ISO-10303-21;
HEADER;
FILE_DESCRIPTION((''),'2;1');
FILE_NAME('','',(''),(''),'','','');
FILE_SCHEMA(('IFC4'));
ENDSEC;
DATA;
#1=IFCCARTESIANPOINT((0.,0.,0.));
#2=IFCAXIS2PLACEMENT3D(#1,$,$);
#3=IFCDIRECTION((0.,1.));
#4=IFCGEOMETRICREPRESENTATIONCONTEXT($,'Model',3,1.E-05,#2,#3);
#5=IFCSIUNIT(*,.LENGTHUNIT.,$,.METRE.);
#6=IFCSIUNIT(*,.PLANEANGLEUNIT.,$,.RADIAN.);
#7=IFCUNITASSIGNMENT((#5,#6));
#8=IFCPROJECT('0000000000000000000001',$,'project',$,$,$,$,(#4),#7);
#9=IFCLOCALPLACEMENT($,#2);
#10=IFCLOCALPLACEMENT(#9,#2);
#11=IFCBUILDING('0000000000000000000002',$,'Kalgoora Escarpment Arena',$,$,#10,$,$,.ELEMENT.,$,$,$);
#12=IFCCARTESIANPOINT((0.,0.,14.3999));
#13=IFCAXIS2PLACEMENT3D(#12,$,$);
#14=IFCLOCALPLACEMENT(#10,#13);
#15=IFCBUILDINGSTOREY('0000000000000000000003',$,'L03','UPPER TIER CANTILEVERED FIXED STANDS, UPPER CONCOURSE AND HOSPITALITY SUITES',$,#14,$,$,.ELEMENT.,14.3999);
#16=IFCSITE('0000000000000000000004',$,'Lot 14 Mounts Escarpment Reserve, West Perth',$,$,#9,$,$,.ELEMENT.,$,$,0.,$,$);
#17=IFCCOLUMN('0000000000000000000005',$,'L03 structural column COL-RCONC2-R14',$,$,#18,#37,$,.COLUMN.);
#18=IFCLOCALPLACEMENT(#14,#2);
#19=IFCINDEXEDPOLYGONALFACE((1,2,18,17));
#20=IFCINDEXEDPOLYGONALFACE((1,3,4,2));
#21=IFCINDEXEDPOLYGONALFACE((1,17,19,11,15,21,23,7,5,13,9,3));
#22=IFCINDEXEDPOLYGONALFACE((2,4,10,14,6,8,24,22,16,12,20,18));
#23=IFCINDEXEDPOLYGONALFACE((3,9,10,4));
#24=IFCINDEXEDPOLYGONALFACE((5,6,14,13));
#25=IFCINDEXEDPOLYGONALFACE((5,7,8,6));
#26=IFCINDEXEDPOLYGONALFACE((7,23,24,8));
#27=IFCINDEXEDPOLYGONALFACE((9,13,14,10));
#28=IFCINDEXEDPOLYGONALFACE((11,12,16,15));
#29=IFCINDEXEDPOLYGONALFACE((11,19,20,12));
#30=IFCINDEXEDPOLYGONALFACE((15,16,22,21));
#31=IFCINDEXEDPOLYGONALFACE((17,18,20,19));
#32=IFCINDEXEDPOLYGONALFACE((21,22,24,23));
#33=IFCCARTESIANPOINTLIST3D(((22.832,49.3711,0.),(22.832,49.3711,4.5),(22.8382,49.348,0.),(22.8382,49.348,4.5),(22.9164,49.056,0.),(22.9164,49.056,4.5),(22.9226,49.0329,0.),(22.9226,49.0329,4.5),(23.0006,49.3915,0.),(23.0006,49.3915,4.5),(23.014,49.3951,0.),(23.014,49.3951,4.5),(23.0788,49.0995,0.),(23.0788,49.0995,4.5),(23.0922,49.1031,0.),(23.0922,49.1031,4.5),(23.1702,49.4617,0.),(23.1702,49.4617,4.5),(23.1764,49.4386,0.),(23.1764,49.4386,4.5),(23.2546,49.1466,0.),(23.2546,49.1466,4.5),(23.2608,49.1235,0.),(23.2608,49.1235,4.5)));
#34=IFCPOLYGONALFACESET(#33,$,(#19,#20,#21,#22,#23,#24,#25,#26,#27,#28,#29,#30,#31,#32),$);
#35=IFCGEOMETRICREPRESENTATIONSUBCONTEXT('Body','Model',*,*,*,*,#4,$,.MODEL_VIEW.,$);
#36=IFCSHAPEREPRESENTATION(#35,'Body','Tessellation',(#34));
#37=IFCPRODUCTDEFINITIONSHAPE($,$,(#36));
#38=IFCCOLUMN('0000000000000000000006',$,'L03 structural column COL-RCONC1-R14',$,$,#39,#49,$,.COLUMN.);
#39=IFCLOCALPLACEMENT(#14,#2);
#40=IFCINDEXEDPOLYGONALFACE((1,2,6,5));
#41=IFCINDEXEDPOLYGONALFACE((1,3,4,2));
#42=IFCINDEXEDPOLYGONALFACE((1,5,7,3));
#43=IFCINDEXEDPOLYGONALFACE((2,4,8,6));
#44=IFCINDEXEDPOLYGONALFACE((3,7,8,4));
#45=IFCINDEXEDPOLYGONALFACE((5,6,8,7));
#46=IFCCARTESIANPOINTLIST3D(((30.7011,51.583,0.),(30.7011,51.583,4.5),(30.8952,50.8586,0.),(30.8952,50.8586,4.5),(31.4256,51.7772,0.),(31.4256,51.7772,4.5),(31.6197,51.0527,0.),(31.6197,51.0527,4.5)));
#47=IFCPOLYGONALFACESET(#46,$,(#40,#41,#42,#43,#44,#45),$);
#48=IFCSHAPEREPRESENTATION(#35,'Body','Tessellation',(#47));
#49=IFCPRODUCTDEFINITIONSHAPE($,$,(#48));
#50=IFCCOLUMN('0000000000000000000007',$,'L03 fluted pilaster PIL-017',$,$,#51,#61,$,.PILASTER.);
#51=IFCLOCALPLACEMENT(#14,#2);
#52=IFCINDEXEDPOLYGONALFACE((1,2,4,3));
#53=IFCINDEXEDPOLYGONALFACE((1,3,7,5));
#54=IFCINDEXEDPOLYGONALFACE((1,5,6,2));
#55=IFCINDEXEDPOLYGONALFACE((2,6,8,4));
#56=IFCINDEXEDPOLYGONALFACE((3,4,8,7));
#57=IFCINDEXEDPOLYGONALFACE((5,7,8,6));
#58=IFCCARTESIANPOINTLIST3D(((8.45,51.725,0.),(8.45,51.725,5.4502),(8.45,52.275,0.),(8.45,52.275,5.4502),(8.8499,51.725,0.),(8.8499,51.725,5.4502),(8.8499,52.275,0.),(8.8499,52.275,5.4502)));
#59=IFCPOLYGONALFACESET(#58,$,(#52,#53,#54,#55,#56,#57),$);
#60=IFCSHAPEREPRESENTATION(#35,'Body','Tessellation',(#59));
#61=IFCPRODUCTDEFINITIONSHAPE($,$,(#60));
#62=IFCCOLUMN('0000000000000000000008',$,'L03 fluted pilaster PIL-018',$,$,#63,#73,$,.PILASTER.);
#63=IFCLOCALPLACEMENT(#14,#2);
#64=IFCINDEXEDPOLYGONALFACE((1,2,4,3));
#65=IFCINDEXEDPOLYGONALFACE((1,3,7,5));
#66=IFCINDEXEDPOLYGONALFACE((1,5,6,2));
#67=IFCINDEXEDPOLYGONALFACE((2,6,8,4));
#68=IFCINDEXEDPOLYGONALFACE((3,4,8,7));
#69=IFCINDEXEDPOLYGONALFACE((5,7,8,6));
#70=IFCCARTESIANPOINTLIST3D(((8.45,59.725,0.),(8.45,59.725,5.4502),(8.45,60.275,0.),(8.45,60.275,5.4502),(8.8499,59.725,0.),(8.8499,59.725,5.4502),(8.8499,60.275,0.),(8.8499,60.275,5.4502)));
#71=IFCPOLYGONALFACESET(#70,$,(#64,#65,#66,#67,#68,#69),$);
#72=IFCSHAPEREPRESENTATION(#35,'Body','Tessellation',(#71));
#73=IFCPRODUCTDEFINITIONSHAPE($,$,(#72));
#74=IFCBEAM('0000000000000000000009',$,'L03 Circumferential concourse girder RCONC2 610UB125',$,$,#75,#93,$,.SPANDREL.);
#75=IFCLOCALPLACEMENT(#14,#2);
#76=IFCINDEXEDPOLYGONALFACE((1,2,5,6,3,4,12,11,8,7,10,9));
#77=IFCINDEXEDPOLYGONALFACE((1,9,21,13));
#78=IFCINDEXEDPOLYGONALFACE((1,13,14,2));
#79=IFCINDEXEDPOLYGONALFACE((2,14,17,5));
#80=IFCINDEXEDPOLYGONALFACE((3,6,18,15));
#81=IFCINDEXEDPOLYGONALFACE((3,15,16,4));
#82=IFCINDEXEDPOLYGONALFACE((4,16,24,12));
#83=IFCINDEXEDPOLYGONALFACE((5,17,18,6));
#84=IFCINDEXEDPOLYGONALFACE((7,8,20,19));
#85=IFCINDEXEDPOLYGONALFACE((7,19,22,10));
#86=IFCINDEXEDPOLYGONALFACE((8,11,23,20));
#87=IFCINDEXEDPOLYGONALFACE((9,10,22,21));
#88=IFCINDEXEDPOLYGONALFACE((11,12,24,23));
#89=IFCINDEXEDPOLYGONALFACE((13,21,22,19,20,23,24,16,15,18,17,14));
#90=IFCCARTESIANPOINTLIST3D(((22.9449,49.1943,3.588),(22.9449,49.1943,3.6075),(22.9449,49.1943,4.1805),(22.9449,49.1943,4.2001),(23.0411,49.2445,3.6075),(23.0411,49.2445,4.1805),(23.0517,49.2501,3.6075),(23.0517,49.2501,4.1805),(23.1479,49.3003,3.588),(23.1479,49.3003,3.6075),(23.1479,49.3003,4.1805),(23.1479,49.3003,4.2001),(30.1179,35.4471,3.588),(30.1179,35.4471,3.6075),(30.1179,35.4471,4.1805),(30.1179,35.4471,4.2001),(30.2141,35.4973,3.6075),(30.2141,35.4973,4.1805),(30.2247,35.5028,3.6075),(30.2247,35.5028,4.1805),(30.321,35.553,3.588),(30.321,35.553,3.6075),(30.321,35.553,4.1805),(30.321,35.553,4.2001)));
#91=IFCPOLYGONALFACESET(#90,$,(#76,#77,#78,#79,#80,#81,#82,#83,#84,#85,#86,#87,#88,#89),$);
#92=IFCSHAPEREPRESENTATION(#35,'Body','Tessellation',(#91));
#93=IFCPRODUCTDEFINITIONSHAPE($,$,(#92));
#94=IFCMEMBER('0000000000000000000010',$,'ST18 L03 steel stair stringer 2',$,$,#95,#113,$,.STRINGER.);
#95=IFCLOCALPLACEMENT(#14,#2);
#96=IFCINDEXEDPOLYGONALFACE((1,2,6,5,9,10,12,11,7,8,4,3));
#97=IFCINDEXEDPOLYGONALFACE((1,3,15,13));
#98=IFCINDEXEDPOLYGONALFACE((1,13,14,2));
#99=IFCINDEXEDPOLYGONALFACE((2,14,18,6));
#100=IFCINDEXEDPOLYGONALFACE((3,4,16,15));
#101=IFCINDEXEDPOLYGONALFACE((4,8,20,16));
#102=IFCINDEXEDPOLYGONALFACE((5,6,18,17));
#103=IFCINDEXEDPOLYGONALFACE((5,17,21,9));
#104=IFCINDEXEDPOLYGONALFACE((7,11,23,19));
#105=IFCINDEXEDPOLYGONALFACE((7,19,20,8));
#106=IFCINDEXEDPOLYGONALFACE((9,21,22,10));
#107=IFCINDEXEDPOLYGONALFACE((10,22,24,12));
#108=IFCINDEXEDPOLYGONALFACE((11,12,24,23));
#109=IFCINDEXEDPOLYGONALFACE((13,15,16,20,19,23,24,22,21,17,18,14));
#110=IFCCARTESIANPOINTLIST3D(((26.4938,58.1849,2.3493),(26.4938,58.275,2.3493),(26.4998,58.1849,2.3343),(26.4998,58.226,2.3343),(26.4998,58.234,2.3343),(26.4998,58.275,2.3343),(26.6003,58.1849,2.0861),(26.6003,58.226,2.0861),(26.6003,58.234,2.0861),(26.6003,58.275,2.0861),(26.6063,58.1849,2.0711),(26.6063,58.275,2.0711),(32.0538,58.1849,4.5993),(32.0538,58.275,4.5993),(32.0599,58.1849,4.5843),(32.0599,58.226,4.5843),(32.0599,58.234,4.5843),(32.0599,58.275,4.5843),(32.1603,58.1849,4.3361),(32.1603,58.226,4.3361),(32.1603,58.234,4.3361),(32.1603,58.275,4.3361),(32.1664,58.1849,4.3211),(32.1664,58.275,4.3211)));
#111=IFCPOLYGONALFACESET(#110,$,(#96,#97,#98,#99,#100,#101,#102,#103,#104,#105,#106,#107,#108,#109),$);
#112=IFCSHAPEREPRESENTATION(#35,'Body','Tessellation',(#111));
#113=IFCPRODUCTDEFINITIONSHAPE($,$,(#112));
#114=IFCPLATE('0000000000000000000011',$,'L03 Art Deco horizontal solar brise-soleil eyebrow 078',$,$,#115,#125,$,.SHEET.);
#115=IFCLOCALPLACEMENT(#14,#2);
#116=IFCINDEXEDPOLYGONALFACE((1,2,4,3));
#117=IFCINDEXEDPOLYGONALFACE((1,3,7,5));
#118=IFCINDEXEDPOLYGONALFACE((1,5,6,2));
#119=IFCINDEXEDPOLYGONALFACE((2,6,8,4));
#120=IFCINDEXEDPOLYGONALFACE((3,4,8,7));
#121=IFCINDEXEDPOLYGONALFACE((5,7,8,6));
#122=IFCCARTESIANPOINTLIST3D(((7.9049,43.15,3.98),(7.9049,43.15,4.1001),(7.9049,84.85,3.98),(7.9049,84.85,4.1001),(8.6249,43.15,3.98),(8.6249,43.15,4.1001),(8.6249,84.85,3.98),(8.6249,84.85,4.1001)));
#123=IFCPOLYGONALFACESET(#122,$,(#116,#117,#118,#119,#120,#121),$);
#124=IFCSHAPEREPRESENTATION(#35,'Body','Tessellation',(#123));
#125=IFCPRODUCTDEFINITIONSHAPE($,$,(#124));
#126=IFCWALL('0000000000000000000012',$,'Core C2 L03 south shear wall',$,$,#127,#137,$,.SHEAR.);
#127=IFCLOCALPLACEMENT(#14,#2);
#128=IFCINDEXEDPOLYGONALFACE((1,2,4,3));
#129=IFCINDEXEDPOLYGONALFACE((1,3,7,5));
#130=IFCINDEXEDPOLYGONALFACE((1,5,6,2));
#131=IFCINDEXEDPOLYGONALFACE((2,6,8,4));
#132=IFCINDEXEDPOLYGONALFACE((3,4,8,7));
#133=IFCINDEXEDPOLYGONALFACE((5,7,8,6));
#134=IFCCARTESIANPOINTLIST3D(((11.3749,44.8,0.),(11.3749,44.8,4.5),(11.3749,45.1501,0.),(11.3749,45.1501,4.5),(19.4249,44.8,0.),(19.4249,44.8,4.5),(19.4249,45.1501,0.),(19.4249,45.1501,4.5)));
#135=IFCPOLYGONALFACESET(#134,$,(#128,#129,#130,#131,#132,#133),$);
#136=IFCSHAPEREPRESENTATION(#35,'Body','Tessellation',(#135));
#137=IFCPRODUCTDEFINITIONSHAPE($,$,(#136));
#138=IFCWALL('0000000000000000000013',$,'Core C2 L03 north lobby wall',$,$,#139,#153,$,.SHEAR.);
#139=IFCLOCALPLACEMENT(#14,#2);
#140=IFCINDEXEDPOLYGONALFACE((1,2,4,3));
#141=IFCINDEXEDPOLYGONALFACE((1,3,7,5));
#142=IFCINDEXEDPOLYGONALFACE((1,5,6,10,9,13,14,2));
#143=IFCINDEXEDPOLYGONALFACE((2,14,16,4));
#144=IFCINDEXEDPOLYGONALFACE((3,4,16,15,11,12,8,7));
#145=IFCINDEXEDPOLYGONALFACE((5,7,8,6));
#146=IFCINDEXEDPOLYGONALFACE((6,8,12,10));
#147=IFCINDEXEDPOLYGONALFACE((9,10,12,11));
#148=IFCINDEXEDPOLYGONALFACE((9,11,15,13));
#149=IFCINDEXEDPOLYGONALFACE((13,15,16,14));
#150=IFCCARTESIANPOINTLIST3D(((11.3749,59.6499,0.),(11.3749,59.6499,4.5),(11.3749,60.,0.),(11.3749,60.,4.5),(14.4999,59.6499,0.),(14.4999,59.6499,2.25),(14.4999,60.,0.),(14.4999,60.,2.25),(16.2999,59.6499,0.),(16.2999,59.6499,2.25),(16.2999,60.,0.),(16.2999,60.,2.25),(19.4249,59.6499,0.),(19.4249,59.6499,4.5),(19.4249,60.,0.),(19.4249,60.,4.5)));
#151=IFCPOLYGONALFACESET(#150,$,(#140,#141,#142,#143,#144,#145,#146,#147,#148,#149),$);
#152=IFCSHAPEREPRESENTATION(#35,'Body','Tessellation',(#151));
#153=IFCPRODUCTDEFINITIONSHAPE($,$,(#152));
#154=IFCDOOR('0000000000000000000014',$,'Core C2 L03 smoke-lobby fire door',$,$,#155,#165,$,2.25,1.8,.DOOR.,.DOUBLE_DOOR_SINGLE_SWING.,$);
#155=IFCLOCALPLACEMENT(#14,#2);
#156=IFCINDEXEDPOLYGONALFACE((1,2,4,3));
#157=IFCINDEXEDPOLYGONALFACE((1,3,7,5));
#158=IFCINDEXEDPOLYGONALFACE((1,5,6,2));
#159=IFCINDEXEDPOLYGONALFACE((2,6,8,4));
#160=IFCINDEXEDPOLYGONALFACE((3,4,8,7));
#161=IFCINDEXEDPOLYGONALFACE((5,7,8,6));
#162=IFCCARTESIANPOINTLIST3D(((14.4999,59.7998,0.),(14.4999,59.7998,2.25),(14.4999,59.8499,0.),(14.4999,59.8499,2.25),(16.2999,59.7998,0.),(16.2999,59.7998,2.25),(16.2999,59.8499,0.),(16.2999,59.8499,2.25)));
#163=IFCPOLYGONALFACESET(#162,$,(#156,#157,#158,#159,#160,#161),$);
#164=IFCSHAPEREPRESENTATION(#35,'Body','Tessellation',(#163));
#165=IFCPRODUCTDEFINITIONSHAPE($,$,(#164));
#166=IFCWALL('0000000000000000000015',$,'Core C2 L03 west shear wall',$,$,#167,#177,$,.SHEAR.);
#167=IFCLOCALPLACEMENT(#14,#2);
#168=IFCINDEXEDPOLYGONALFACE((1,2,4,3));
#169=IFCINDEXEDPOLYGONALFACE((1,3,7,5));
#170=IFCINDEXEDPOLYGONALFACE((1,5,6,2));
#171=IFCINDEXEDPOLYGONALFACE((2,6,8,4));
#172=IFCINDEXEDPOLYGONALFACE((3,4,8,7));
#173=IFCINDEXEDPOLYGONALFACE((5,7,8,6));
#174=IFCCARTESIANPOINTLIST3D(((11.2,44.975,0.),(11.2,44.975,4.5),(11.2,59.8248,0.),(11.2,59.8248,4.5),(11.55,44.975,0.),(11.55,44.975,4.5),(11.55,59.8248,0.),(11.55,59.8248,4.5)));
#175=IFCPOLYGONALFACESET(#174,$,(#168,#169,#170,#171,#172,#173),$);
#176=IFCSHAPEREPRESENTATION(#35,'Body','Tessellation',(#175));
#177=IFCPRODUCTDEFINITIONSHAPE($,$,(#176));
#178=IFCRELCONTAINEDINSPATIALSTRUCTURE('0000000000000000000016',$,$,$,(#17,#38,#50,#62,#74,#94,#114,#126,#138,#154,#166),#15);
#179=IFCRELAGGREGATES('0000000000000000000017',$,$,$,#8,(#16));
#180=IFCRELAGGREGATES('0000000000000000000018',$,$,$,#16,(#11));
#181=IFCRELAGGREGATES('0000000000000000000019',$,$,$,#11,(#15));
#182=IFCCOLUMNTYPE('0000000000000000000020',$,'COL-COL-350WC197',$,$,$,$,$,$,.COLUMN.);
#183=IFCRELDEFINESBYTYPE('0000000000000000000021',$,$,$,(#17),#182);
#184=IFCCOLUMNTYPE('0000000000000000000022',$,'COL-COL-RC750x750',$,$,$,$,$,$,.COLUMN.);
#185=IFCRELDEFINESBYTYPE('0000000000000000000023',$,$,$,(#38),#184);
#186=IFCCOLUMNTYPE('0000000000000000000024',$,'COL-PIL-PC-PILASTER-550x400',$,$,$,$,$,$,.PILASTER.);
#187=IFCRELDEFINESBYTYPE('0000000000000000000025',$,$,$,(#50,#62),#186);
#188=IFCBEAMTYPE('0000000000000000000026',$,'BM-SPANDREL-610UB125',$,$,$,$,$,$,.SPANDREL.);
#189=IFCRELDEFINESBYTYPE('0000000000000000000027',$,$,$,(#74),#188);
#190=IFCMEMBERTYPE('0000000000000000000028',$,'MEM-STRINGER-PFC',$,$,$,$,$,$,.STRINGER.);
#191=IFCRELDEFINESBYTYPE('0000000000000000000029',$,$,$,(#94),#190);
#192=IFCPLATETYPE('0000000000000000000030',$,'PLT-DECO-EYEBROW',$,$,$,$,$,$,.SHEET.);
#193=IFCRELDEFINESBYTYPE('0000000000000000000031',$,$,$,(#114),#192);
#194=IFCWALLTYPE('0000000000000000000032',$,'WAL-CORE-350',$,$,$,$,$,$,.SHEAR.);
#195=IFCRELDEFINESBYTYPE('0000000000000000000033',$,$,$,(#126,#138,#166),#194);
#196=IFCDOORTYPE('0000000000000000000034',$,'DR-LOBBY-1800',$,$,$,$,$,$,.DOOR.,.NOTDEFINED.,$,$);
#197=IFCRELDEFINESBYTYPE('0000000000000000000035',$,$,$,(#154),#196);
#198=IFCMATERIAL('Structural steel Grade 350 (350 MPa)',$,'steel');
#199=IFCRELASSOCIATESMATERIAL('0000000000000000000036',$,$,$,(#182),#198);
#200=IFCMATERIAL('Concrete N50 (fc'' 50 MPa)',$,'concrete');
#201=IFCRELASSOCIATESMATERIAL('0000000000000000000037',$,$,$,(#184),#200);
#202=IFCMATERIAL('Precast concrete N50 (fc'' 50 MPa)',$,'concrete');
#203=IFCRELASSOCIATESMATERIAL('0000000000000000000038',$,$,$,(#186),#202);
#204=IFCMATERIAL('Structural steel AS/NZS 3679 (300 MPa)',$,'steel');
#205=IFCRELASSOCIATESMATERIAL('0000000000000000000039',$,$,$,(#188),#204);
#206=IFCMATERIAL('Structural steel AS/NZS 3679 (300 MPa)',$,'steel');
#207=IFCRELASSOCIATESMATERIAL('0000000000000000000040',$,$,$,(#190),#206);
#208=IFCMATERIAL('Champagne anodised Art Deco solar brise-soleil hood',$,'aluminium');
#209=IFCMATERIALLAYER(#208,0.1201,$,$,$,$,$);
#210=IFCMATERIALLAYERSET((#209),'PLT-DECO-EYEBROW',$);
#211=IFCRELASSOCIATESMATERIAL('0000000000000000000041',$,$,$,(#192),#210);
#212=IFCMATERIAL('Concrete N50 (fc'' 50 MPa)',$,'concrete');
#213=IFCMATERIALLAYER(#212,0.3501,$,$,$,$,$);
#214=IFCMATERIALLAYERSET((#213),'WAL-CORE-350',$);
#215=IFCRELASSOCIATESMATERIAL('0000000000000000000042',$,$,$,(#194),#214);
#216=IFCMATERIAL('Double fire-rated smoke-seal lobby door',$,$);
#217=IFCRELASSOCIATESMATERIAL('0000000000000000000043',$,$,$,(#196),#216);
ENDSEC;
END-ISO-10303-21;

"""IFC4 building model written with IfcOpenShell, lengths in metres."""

from ifc_helpers import new_model, si_unit, direction, frame, frame_2d, origin, origin_2d, place, context, subcontext, project, spatial, rectangle, i_section, extrude, material, layer, layer_set, material_profile, profile_set, type_object, element, fill, save


model = new_model("IFC4")

# Units and contexts
model_context = context("Model", 3, precision=1e-05, world=origin(), true_north=direction((0.0, 1.0)))
body_context = subcontext(model_context, "Body", "Model", "MODEL_VIEW")
ifc_project = project(units=[si_unit("LENGTHUNIT", "METRE"), si_unit("PLANEANGLEUNIT", "RADIAN")], contexts=[model_context])

# Site, building, storey
site_placement = place(None, origin())
site = spatial("IfcSite", under=ifc_project, at=site_placement, Name="Lot 14 Mounts Escarpment Reserve, West Perth", CompositionType="ELEMENT", RefElevation=0.0)
building_placement = place(site_placement, origin())
building = spatial("IfcBuilding", under=site, at=building_placement, Name="Kalgoora Escarpment Arena", CompositionType="ELEMENT")
storey_placement = place(building_placement, frame((0.0, 0.0, 14.3999)))
storey = spatial("IfcBuildingStorey", under=building, at=storey_placement, Name="L03", Description="UPPER TIER CANTILEVERED FIXED STANDS, UPPER CONCOURSE AND HOSPITALITY SUITES", CompositionType="ELEMENT", Elevation=14.3999)

# Columns
ifc_material_1 = material(Name="Structural steel Grade 350 (350 MPa)", Category="steel")
ifc_material_profile_1 = material_profile(ifc_material_1, i_section(OverallWidth=0.3501, OverallDepth=0.3501, WebThickness=0.0139, FlangeThickness=0.0239, at=origin_2d()))
ifc_profile_set_1 = profile_set([ifc_material_profile_1], Name="Structural steel Grade 350 (350 MPa)")
column_type_1 = type_object("IfcColumnType", Name="COL-COL-350WC197", PredefinedType="COLUMN", material=ifc_profile_set_1)
column_1_placement = place(storey_placement, frame((23.0464, 49.2473, 0.0), z_axis=(0.0, 0.0, 1.0), x_axis=(-0.965926, -0.258819, 0.0)))
element("IfcColumn", 1, at=column_1_placement, inside=storey, type_object=column_type_1, Name="L03 structural column COL-RCONC2-R14", PredefinedType="COLUMN", context=body_context, shape_type="SweptSolid", body=[
    extrude(i_section(OverallWidth=0.3501, OverallDepth=0.3501, WebThickness=0.0139, FlangeThickness=0.0239, at=origin_2d()), origin(), (0.0, 0.0, 1.0), 4.5),
])
ifc_material_2 = material(Name="Concrete N50 (fc' 50 MPa)", Category="concrete")
ifc_material_profile_2 = material_profile(ifc_material_2, rectangle(XDim=0.75, YDim=0.75, at=origin_2d()))
ifc_profile_set_2 = profile_set([ifc_material_profile_2], Name="Concrete N50 (fc' 50 MPa)")
column_type_2 = type_object("IfcColumnType", Name="COL-COL-RC750x750", PredefinedType="COLUMN", material=ifc_profile_set_2)
column_2_placement = place(storey_placement, frame((31.1604, 51.3179, 0.0), z_axis=(0.0, 0.0, 1.0), x_axis=(-0.965926, -0.258819, 0.0)))
element("IfcColumn", 2, at=column_2_placement, inside=storey, type_object=column_type_2, Name="L03 structural column COL-RCONC1-R14", PredefinedType="COLUMN", context=body_context, shape_type="SweptSolid", body=[
    extrude(rectangle(XDim=0.75, YDim=0.75, at=origin_2d()), origin(), (0.0, 0.0, 1.0), 4.5),
])
ifc_material_3 = material(Name="Precast concrete N50 (fc' 50 MPa)", Category="concrete")
ifc_material_profile_3 = material_profile(ifc_material_3, rectangle(XDim=0.3999, YDim=0.55, at=origin_2d()))
ifc_profile_set_3 = profile_set([ifc_material_profile_3], Name="Precast concrete N50 (fc' 50 MPa)")
column_type_3 = type_object("IfcColumnType", Name="COL-PIL-PC-PILASTER-550x400", PredefinedType="PILASTER", material=ifc_profile_set_3)
for number, where, z_axis, x_axis, name in (
    (3, (8.6499, 52.0, 0.0), (0.0, 0.0, 1.0), (1.0, 0.0, 0.0), "L03 fluted pilaster PIL-017"),
    (4, (8.6499, 60.0, 0.0), (0.0, 0.0, 1.0), (1.0, 0.0, 0.0), "L03 fluted pilaster PIL-018"),
):
    element("IfcColumn", number, at=place(storey_placement, frame(where, z_axis=z_axis, x_axis=x_axis)), inside=storey, type_object=column_type_3, Name=name, PredefinedType="PILASTER", context=body_context, shape_type="SweptSolid", body=[
        extrude(rectangle(XDim=0.3999, YDim=0.55, at=origin_2d()), origin(), (0.0, 0.0, 1.0), 5.4502),
    ])

# Beam
ifc_material_4 = material(Name="Structural steel AS/NZS 3679 (300 MPa)", Category="steel")
ifc_material_profile_4 = material_profile(ifc_material_4, i_section(OverallWidth=0.229, OverallDepth=0.6121, WebThickness=0.012, FlangeThickness=0.0195, at=origin_2d()))
ifc_profile_set_4 = profile_set([ifc_material_profile_4], Name="Structural steel AS/NZS 3679 (300 MPa)")
beam_type = type_object("IfcBeamType", Name="BM-SPANDREL-610UB125", PredefinedType="SPANDREL", material=ifc_profile_set_4)
beam_placement = place(storey_placement, frame((23.0464, 49.2473, 3.894), z_axis=(0.462596, -0.886569, 0.0), x_axis=(0.886569, 0.462596, 0.0)))
element("IfcBeam", 5, at=beam_placement, inside=storey, type_object=beam_type, Name="L03 Circumferential concourse girder RCONC2 610UB125", PredefinedType="SPANDREL", context=body_context, shape_type="SweptSolid", body=[
    extrude(i_section(OverallWidth=0.229, OverallDepth=0.6121, WebThickness=0.012, FlangeThickness=0.0195, at=origin_2d()), origin(), (0.0, 0.0, 1.0), 15.5061),
])

# Member
ifc_material_5 = material(Name="Structural steel AS/NZS 3679 (300 MPa)", Category="steel")
ifc_material_profile_5 = material_profile(ifc_material_5, i_section(OverallWidth=0.0901, OverallDepth=0.3, WebThickness=0.0081, FlangeThickness=0.0161, at=origin_2d()))
ifc_profile_set_5 = profile_set([ifc_material_profile_5], Name="Structural steel AS/NZS 3679 (300 MPa)")
member_type = type_object("IfcMemberType", Name="MEM-STRINGER-PFC", PredefinedType="STRINGER", material=ifc_profile_set_5)
member_placement = place(storey_placement, frame((26.55, 58.23, 2.2102), z_axis=(0.926976, 0.0, 0.375121), x_axis=(0.0, 1.0, 0.0)))
element("IfcMember", 6, at=member_placement, inside=storey, type_object=member_type, Name="ST18 L03 steel stair stringer 2", PredefinedType="STRINGER", context=body_context, shape_type="SweptSolid", body=[
    extrude(i_section(OverallWidth=0.0901, OverallDepth=0.3, WebThickness=0.0081, FlangeThickness=0.0161, at=origin_2d()), origin(), (0.0, 0.0, 1.0), 5.998),
])

# Plate
ifc_material_6 = material(Name="Champagne anodised Art Deco solar brise-soleil hood", Category="aluminium")
ifc_layer_1 = layer(ifc_material_6, 0.1201)
ifc_layer_set_1 = layer_set([ifc_layer_1], Name="PLT-DECO-EYEBROW")
plate_type = type_object("IfcPlateType", Name="PLT-DECO-EYEBROW", PredefinedType="SHEET", material=ifc_layer_set_1)
plate_placement = place(storey_placement, frame((8.2649, 64.0, 3.98), z_axis=(0.0, 0.0, 1.0), x_axis=(0.0, 1.0, 0.0)))
element("IfcPlate", 7, at=plate_placement, inside=storey, type_object=plate_type, Name="L03 Art Deco horizontal solar brise-soleil eyebrow 078", PredefinedType="SHEET", context=body_context, shape_type="SweptSolid", body=[
    extrude(rectangle(XDim=41.7, YDim=0.72, at=origin_2d()), origin(), (0.0, 0.0, 1.0), 0.1201),
])

# Wall
ifc_material_7 = material(Name="Concrete N50 (fc' 50 MPa)", Category="concrete")
ifc_layer_2 = layer(ifc_material_7, 0.3501)
ifc_layer_set_2 = layer_set([ifc_layer_2], Name="WAL-CORE-350")
wall_type_1 = type_object("IfcWallType", Name="WAL-CORE-350", PredefinedType="SHEAR", material=ifc_layer_set_2)
wall_1_placement = place(storey_placement, frame((11.375, 44.9751, 0.0), z_axis=(0.0, 0.0, 1.0), x_axis=(1.0, 0.0, 0.0)))
element("IfcWall", 8, at=wall_1_placement, inside=storey, type_object=wall_type_1, Name="Core C2 L03 south shear wall", PredefinedType="SHEAR", context=body_context, shape_type="SweptSolid", body=[
    extrude(rectangle(XDim=8.05, YDim=0.3501, at=frame_2d((4.0249, 0.0))), origin(), (0.0, 0.0, 1.0), 4.5),
])

# Wall, opening, door
wall_2_placement = place(storey_placement, frame((11.375, 59.825, 0.0), z_axis=(0.0, 0.0, 1.0), x_axis=(1.0, 0.0, 0.0)))
wall_2 = element("IfcWall", 9, at=wall_2_placement, inside=storey, type_object=wall_type_1, Name="Core C2 L03 north lobby wall", PredefinedType="SHEAR", context=body_context, shape_type="SweptSolid", body=[
    extrude(rectangle(XDim=8.05, YDim=0.3501, at=frame_2d((4.0249, 0.0))), origin(), (0.0, 0.0, 1.0), 4.5),
])
opening_1_placement = place(wall_2_placement, frame((3.125, 0.0, 0.0)))
opening_1 = element("IfcOpeningElement", 10, at=opening_1_placement, cuts=wall_2, PredefinedType="OPENING", context=body_context, shape_type="SweptSolid", body=[
    extrude(rectangle(XDim=1.8, YDim=2.25, at=frame_2d((0.8999, 1.125))), frame((0.0, 0.1851, 0.0), z_axis=(0.0, -1.0, 0.0), x_axis=(1.0, 0.0, 0.0)), (0.0, 0.0, 1.0), 0.3701),
])
ifc_material_8 = material(Name="Double fire-rated smoke-seal lobby door")
door_type_1 = type_object("IfcDoorType", Name="DR-LOBBY-1800", OperationType="NOTDEFINED", PredefinedType="DOOR", material=ifc_material_8)
door_1_placement = place(opening_1_placement, origin())
door_1 = element("IfcDoor", 11, at=door_1_placement, inside=storey, type_object=door_type_1, Name="Core C2 L03 smoke-lobby fire door", OperationType="DOUBLE_DOOR_SINGLE_SWING", OverallHeight=2.25, OverallWidth=1.8, PredefinedType="DOOR", context=body_context, shape_type="SweptSolid", body=[
    extrude(rectangle(XDim=1.8, YDim=2.25, at=frame_2d((0.8999, 1.125))), frame((0.0, 0.0249, 0.0), z_axis=(0.0, -1.0, 0.0), x_axis=(1.0, 0.0, 0.0)), (0.0, 0.0, 1.0), 0.05),
])
fill(opening_1, door_1)

# Wall
wall_3_placement = place(storey_placement, frame((11.375, 44.9751, 0.0), z_axis=(0.0, 0.0, 1.0), x_axis=(0.0, 1.0, 0.0)))
element("IfcWall", 12, at=wall_3_placement, inside=storey, type_object=wall_type_1, Name="Core C2 L03 west shear wall", PredefinedType="SHEAR", context=body_context, shape_type="SweptSolid", body=[
    extrude(rectangle(XDim=14.8499, YDim=0.3501, at=frame_2d((7.4248, 0.0))), origin(), (0.0, 0.0, 1.0), 4.5),
])

save(model, "model.ifc")
